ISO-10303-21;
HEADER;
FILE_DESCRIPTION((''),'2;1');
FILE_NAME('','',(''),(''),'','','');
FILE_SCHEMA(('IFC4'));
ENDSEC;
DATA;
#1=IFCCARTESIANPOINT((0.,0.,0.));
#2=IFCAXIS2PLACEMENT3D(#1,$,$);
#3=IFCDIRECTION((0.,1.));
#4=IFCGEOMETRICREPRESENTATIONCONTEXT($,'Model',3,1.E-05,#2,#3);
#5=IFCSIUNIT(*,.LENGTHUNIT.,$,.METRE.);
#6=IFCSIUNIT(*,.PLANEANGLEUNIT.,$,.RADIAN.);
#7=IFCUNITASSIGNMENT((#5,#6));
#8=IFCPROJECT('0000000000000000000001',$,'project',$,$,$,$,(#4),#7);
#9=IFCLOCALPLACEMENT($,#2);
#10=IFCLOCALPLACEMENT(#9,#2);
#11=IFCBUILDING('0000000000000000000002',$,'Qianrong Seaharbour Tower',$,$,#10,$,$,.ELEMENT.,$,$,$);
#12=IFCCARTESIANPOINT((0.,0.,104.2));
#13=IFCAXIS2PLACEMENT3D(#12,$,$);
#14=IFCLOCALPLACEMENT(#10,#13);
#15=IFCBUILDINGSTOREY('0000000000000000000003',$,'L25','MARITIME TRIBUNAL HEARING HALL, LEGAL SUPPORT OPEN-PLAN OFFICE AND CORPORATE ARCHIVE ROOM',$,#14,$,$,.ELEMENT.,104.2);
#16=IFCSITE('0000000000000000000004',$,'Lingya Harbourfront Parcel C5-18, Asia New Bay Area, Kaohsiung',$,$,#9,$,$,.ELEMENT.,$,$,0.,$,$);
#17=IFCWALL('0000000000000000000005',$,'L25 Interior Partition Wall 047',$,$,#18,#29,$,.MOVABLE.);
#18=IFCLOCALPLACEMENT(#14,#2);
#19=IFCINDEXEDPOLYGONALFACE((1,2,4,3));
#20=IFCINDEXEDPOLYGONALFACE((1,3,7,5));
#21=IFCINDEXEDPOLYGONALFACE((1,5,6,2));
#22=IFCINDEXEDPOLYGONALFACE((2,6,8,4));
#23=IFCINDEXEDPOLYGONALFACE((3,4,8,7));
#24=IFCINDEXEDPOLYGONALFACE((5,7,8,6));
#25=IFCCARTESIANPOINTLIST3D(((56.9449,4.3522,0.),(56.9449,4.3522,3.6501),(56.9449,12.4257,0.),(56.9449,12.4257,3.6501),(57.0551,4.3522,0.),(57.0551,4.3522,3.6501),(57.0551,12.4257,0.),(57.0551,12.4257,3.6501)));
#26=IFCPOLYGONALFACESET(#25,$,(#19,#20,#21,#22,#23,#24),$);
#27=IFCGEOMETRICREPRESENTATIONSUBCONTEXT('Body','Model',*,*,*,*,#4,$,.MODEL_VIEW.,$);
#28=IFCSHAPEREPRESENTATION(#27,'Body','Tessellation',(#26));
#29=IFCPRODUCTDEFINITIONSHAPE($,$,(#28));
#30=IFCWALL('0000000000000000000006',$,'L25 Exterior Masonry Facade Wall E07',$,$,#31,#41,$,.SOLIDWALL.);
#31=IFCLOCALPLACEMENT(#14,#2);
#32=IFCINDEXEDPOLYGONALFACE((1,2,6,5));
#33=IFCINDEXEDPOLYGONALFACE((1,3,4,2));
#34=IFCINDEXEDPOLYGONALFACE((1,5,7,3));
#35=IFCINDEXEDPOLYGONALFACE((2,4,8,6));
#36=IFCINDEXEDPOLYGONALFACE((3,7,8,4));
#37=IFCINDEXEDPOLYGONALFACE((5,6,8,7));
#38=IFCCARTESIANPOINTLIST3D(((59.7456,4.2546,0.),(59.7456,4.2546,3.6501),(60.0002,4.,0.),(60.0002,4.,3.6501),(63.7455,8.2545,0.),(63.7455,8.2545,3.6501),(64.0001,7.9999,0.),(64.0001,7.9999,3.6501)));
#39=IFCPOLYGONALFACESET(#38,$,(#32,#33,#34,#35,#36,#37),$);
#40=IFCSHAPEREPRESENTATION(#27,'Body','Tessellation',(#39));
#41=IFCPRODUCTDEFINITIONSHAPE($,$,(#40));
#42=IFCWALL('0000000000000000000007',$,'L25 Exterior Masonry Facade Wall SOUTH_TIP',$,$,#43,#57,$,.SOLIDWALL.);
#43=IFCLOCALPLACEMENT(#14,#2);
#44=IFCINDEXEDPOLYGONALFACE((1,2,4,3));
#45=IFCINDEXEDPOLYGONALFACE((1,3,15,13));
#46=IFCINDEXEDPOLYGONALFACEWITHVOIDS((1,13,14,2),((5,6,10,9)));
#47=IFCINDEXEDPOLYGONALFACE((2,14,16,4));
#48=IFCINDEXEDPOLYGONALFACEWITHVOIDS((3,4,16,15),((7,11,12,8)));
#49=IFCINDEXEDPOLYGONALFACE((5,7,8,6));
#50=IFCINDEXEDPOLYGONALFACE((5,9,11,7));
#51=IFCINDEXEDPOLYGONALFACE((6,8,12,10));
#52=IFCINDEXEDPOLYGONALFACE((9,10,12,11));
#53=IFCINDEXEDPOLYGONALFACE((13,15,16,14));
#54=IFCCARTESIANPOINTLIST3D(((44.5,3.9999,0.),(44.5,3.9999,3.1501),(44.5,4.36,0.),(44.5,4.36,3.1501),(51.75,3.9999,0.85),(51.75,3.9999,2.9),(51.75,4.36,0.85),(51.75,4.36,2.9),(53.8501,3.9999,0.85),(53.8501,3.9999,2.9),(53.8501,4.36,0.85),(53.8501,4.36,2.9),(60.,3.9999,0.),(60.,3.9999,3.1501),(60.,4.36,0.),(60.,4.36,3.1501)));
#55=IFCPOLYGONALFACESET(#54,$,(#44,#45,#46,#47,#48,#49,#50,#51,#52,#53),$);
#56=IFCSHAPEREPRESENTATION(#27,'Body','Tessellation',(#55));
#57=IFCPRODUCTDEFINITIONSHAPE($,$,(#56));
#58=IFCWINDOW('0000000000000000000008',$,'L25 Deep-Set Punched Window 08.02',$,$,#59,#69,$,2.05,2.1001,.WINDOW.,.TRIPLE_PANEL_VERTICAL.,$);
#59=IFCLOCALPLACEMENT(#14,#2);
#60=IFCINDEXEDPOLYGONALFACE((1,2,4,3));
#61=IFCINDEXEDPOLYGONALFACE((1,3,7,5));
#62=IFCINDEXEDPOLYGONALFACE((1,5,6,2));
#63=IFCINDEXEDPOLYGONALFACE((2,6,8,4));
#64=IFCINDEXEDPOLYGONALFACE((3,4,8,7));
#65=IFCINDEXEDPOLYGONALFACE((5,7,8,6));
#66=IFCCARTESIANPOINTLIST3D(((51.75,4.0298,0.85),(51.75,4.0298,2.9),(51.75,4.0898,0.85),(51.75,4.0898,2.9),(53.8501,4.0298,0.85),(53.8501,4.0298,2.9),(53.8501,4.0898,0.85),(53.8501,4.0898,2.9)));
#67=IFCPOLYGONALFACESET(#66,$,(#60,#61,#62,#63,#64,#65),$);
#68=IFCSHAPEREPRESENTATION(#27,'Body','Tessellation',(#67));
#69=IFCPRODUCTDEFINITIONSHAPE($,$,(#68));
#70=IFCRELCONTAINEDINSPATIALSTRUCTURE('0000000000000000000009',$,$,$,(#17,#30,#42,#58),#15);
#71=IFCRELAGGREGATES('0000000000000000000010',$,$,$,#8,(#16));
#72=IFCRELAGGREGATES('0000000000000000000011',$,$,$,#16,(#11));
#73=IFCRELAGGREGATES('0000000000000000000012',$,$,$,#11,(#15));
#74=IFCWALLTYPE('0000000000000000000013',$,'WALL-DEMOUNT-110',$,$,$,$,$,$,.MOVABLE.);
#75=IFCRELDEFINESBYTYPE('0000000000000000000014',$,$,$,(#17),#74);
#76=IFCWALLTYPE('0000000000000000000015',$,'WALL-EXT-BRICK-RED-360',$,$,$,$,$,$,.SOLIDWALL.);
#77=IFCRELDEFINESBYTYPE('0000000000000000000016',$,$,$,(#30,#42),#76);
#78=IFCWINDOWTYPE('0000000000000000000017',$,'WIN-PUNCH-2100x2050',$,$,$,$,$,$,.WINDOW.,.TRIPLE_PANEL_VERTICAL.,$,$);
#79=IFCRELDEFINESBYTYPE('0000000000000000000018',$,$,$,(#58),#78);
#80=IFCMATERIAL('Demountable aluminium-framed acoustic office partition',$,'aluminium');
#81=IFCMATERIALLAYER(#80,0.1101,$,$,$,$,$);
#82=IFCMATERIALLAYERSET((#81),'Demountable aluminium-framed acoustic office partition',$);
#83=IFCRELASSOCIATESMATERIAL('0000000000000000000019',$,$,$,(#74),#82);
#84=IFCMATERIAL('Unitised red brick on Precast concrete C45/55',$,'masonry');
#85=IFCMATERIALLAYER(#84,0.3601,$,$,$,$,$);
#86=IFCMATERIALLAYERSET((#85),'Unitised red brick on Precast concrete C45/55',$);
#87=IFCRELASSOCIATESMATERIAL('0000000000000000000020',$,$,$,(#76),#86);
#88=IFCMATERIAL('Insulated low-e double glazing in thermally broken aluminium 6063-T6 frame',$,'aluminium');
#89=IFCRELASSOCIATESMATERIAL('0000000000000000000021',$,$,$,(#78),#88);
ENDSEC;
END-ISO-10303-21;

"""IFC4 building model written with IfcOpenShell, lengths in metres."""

from ifc_helpers import new_model, si_unit, direction, frame, frame_2d, origin, place, context, subcontext, project, spatial, rectangle, extrude, material, layer, layer_set, type_object, element, fill, save


model = new_model("IFC4")

# Units and contexts
model_context = context("Model", 3, precision=1e-05, world=origin(), true_north=direction((0.0, 1.0)))
body_context = subcontext(model_context, "Body", "Model", "MODEL_VIEW")
ifc_project = project(units=[si_unit("LENGTHUNIT", "METRE"), si_unit("PLANEANGLEUNIT", "RADIAN")], contexts=[model_context])

# Site, building, storey
site_placement = place(None, origin())
site = spatial("IfcSite", under=ifc_project, at=site_placement, Name="Lingya Harbourfront Parcel C5-18, Asia New Bay Area, Kaohsiung", CompositionType="ELEMENT", RefElevation=0.0)
building_placement = place(site_placement, origin())
building = spatial("IfcBuilding", under=site, at=building_placement, Name="Qianrong Seaharbour Tower", CompositionType="ELEMENT")
storey_placement = place(building_placement, frame((0.0, 0.0, 104.2)))
storey = spatial("IfcBuildingStorey", under=building, at=storey_placement, Name="L25", Description="MARITIME TRIBUNAL HEARING HALL, LEGAL SUPPORT OPEN-PLAN OFFICE AND CORPORATE ARCHIVE ROOM", CompositionType="ELEMENT", Elevation=104.2)

# Walls
ifc_material_1 = material(Name="Demountable aluminium-framed acoustic office partition", Category="aluminium")
ifc_layer_1 = layer(ifc_material_1, 0.1101)
ifc_layer_set_1 = layer_set([ifc_layer_1], Name="Demountable aluminium-framed acoustic office partition")
wall_type_1 = type_object("IfcWallType", Name="WALL-DEMOUNT-110", PredefinedType="MOVABLE", material=ifc_layer_set_1)
wall_1_placement = place(storey_placement, frame((57.0, 12.4255, 0.0), z_axis=(0.0, 0.0, 1.0), x_axis=(0.0, -1.0, 0.0)))
element("IfcWall", 1, at=wall_1_placement, inside=storey, type_object=wall_type_1, Name="L25 Interior Partition Wall 047", PredefinedType="MOVABLE", context=body_context, shape_type="SweptSolid", body=[
    extrude(rectangle(XDim=8.0735, YDim=0.1101, at=frame_2d((4.0366, 0.0))), origin(), (0.0, 0.0, 1.0), 3.6501),
])
ifc_material_2 = material(Name="Unitised red brick on Precast concrete C45/55", Category="masonry")
ifc_layer_2 = layer(ifc_material_2, 0.3601)
ifc_layer_set_2 = layer_set([ifc_layer_2], Name="Unitised red brick on Precast concrete C45/55")
wall_type_2 = type_object("IfcWallType", Name="WALL-EXT-BRICK-RED-360", PredefinedType="SOLIDWALL", material=ifc_layer_set_2)
wall_2_placement = place(storey_placement, frame((63.8728, 8.1272, 0.0), z_axis=(0.0, 0.0, 1.0), x_axis=(-0.707107, -0.707107, 0.0)))
element("IfcWall", 2, at=wall_2_placement, inside=storey, type_object=wall_type_2, Name="L25 Exterior Masonry Facade Wall E07", PredefinedType="SOLIDWALL", context=body_context, shape_type="SweptSolid", body=[
    extrude(rectangle(XDim=5.6567, YDim=0.3601, at=frame_2d((2.8284, 0.0))), origin(), (0.0, 0.0, 1.0), 3.6501),
])

# Wall, opening, window
wall_3_placement = place(storey_placement, frame((60.0, 4.1799, 0.0), z_axis=(0.0, 0.0, 1.0), x_axis=(-1.0, 0.0, 0.0)))
wall_3 = element("IfcWall", 3, at=wall_3_placement, inside=storey, type_object=wall_type_2, Name="L25 Exterior Masonry Facade Wall SOUTH_TIP", PredefinedType="SOLIDWALL", context=body_context, shape_type="SweptSolid", body=[
    extrude(rectangle(XDim=15.5, YDim=0.3601, at=frame_2d((7.75, 0.0))), origin(), (0.0, 0.0, 1.0), 3.1501),
])
opening_1_placement = place(wall_3_placement, frame((6.1499, 0.0, 0.8501)))
opening_1 = element("IfcOpeningElement", 4, at=opening_1_placement, cuts=wall_3, PredefinedType="OPENING", context=body_context, shape_type="SweptSolid", body=[
    extrude(rectangle(XDim=2.1001, YDim=2.05, at=frame_2d((1.05, 1.0249))), frame((0.0, 0.1899, 0.0), z_axis=(0.0, -1.0, 0.0), x_axis=(1.0, 0.0, 0.0)), (0.0, 0.0, 1.0), 0.3801),
])
ifc_material_3 = material(Name="Insulated low-e double glazing in thermally broken aluminium 6063-T6 frame", Category="aluminium")
window_type = type_object("IfcWindowType", Name="WIN-PUNCH-2100x2050", PartitioningType="TRIPLE_PANEL_VERTICAL", PredefinedType="WINDOW", material=ifc_material_3)
window_placement = place(opening_1_placement, origin())
window = element("IfcWindow", 5, at=window_placement, inside=storey, type_object=window_type, Name="L25 Deep-Set Punched Window 08.02", OverallHeight=2.05, OverallWidth=2.1001, PartitioningType="TRIPLE_PANEL_VERTICAL", PredefinedType="WINDOW", context=body_context, shape_type="SweptSolid", body=[
    extrude(rectangle(XDim=2.1001, YDim=2.05, at=frame_2d((1.05, 1.0249))), frame((0.0, 0.1501, 0.0), z_axis=(0.0, -1.0, 0.0), x_axis=(1.0, 0.0, 0.0)), (0.0, 0.0, 1.0), 0.0601),
])
fill(opening_1, window)

save(model, "model.ifc")
